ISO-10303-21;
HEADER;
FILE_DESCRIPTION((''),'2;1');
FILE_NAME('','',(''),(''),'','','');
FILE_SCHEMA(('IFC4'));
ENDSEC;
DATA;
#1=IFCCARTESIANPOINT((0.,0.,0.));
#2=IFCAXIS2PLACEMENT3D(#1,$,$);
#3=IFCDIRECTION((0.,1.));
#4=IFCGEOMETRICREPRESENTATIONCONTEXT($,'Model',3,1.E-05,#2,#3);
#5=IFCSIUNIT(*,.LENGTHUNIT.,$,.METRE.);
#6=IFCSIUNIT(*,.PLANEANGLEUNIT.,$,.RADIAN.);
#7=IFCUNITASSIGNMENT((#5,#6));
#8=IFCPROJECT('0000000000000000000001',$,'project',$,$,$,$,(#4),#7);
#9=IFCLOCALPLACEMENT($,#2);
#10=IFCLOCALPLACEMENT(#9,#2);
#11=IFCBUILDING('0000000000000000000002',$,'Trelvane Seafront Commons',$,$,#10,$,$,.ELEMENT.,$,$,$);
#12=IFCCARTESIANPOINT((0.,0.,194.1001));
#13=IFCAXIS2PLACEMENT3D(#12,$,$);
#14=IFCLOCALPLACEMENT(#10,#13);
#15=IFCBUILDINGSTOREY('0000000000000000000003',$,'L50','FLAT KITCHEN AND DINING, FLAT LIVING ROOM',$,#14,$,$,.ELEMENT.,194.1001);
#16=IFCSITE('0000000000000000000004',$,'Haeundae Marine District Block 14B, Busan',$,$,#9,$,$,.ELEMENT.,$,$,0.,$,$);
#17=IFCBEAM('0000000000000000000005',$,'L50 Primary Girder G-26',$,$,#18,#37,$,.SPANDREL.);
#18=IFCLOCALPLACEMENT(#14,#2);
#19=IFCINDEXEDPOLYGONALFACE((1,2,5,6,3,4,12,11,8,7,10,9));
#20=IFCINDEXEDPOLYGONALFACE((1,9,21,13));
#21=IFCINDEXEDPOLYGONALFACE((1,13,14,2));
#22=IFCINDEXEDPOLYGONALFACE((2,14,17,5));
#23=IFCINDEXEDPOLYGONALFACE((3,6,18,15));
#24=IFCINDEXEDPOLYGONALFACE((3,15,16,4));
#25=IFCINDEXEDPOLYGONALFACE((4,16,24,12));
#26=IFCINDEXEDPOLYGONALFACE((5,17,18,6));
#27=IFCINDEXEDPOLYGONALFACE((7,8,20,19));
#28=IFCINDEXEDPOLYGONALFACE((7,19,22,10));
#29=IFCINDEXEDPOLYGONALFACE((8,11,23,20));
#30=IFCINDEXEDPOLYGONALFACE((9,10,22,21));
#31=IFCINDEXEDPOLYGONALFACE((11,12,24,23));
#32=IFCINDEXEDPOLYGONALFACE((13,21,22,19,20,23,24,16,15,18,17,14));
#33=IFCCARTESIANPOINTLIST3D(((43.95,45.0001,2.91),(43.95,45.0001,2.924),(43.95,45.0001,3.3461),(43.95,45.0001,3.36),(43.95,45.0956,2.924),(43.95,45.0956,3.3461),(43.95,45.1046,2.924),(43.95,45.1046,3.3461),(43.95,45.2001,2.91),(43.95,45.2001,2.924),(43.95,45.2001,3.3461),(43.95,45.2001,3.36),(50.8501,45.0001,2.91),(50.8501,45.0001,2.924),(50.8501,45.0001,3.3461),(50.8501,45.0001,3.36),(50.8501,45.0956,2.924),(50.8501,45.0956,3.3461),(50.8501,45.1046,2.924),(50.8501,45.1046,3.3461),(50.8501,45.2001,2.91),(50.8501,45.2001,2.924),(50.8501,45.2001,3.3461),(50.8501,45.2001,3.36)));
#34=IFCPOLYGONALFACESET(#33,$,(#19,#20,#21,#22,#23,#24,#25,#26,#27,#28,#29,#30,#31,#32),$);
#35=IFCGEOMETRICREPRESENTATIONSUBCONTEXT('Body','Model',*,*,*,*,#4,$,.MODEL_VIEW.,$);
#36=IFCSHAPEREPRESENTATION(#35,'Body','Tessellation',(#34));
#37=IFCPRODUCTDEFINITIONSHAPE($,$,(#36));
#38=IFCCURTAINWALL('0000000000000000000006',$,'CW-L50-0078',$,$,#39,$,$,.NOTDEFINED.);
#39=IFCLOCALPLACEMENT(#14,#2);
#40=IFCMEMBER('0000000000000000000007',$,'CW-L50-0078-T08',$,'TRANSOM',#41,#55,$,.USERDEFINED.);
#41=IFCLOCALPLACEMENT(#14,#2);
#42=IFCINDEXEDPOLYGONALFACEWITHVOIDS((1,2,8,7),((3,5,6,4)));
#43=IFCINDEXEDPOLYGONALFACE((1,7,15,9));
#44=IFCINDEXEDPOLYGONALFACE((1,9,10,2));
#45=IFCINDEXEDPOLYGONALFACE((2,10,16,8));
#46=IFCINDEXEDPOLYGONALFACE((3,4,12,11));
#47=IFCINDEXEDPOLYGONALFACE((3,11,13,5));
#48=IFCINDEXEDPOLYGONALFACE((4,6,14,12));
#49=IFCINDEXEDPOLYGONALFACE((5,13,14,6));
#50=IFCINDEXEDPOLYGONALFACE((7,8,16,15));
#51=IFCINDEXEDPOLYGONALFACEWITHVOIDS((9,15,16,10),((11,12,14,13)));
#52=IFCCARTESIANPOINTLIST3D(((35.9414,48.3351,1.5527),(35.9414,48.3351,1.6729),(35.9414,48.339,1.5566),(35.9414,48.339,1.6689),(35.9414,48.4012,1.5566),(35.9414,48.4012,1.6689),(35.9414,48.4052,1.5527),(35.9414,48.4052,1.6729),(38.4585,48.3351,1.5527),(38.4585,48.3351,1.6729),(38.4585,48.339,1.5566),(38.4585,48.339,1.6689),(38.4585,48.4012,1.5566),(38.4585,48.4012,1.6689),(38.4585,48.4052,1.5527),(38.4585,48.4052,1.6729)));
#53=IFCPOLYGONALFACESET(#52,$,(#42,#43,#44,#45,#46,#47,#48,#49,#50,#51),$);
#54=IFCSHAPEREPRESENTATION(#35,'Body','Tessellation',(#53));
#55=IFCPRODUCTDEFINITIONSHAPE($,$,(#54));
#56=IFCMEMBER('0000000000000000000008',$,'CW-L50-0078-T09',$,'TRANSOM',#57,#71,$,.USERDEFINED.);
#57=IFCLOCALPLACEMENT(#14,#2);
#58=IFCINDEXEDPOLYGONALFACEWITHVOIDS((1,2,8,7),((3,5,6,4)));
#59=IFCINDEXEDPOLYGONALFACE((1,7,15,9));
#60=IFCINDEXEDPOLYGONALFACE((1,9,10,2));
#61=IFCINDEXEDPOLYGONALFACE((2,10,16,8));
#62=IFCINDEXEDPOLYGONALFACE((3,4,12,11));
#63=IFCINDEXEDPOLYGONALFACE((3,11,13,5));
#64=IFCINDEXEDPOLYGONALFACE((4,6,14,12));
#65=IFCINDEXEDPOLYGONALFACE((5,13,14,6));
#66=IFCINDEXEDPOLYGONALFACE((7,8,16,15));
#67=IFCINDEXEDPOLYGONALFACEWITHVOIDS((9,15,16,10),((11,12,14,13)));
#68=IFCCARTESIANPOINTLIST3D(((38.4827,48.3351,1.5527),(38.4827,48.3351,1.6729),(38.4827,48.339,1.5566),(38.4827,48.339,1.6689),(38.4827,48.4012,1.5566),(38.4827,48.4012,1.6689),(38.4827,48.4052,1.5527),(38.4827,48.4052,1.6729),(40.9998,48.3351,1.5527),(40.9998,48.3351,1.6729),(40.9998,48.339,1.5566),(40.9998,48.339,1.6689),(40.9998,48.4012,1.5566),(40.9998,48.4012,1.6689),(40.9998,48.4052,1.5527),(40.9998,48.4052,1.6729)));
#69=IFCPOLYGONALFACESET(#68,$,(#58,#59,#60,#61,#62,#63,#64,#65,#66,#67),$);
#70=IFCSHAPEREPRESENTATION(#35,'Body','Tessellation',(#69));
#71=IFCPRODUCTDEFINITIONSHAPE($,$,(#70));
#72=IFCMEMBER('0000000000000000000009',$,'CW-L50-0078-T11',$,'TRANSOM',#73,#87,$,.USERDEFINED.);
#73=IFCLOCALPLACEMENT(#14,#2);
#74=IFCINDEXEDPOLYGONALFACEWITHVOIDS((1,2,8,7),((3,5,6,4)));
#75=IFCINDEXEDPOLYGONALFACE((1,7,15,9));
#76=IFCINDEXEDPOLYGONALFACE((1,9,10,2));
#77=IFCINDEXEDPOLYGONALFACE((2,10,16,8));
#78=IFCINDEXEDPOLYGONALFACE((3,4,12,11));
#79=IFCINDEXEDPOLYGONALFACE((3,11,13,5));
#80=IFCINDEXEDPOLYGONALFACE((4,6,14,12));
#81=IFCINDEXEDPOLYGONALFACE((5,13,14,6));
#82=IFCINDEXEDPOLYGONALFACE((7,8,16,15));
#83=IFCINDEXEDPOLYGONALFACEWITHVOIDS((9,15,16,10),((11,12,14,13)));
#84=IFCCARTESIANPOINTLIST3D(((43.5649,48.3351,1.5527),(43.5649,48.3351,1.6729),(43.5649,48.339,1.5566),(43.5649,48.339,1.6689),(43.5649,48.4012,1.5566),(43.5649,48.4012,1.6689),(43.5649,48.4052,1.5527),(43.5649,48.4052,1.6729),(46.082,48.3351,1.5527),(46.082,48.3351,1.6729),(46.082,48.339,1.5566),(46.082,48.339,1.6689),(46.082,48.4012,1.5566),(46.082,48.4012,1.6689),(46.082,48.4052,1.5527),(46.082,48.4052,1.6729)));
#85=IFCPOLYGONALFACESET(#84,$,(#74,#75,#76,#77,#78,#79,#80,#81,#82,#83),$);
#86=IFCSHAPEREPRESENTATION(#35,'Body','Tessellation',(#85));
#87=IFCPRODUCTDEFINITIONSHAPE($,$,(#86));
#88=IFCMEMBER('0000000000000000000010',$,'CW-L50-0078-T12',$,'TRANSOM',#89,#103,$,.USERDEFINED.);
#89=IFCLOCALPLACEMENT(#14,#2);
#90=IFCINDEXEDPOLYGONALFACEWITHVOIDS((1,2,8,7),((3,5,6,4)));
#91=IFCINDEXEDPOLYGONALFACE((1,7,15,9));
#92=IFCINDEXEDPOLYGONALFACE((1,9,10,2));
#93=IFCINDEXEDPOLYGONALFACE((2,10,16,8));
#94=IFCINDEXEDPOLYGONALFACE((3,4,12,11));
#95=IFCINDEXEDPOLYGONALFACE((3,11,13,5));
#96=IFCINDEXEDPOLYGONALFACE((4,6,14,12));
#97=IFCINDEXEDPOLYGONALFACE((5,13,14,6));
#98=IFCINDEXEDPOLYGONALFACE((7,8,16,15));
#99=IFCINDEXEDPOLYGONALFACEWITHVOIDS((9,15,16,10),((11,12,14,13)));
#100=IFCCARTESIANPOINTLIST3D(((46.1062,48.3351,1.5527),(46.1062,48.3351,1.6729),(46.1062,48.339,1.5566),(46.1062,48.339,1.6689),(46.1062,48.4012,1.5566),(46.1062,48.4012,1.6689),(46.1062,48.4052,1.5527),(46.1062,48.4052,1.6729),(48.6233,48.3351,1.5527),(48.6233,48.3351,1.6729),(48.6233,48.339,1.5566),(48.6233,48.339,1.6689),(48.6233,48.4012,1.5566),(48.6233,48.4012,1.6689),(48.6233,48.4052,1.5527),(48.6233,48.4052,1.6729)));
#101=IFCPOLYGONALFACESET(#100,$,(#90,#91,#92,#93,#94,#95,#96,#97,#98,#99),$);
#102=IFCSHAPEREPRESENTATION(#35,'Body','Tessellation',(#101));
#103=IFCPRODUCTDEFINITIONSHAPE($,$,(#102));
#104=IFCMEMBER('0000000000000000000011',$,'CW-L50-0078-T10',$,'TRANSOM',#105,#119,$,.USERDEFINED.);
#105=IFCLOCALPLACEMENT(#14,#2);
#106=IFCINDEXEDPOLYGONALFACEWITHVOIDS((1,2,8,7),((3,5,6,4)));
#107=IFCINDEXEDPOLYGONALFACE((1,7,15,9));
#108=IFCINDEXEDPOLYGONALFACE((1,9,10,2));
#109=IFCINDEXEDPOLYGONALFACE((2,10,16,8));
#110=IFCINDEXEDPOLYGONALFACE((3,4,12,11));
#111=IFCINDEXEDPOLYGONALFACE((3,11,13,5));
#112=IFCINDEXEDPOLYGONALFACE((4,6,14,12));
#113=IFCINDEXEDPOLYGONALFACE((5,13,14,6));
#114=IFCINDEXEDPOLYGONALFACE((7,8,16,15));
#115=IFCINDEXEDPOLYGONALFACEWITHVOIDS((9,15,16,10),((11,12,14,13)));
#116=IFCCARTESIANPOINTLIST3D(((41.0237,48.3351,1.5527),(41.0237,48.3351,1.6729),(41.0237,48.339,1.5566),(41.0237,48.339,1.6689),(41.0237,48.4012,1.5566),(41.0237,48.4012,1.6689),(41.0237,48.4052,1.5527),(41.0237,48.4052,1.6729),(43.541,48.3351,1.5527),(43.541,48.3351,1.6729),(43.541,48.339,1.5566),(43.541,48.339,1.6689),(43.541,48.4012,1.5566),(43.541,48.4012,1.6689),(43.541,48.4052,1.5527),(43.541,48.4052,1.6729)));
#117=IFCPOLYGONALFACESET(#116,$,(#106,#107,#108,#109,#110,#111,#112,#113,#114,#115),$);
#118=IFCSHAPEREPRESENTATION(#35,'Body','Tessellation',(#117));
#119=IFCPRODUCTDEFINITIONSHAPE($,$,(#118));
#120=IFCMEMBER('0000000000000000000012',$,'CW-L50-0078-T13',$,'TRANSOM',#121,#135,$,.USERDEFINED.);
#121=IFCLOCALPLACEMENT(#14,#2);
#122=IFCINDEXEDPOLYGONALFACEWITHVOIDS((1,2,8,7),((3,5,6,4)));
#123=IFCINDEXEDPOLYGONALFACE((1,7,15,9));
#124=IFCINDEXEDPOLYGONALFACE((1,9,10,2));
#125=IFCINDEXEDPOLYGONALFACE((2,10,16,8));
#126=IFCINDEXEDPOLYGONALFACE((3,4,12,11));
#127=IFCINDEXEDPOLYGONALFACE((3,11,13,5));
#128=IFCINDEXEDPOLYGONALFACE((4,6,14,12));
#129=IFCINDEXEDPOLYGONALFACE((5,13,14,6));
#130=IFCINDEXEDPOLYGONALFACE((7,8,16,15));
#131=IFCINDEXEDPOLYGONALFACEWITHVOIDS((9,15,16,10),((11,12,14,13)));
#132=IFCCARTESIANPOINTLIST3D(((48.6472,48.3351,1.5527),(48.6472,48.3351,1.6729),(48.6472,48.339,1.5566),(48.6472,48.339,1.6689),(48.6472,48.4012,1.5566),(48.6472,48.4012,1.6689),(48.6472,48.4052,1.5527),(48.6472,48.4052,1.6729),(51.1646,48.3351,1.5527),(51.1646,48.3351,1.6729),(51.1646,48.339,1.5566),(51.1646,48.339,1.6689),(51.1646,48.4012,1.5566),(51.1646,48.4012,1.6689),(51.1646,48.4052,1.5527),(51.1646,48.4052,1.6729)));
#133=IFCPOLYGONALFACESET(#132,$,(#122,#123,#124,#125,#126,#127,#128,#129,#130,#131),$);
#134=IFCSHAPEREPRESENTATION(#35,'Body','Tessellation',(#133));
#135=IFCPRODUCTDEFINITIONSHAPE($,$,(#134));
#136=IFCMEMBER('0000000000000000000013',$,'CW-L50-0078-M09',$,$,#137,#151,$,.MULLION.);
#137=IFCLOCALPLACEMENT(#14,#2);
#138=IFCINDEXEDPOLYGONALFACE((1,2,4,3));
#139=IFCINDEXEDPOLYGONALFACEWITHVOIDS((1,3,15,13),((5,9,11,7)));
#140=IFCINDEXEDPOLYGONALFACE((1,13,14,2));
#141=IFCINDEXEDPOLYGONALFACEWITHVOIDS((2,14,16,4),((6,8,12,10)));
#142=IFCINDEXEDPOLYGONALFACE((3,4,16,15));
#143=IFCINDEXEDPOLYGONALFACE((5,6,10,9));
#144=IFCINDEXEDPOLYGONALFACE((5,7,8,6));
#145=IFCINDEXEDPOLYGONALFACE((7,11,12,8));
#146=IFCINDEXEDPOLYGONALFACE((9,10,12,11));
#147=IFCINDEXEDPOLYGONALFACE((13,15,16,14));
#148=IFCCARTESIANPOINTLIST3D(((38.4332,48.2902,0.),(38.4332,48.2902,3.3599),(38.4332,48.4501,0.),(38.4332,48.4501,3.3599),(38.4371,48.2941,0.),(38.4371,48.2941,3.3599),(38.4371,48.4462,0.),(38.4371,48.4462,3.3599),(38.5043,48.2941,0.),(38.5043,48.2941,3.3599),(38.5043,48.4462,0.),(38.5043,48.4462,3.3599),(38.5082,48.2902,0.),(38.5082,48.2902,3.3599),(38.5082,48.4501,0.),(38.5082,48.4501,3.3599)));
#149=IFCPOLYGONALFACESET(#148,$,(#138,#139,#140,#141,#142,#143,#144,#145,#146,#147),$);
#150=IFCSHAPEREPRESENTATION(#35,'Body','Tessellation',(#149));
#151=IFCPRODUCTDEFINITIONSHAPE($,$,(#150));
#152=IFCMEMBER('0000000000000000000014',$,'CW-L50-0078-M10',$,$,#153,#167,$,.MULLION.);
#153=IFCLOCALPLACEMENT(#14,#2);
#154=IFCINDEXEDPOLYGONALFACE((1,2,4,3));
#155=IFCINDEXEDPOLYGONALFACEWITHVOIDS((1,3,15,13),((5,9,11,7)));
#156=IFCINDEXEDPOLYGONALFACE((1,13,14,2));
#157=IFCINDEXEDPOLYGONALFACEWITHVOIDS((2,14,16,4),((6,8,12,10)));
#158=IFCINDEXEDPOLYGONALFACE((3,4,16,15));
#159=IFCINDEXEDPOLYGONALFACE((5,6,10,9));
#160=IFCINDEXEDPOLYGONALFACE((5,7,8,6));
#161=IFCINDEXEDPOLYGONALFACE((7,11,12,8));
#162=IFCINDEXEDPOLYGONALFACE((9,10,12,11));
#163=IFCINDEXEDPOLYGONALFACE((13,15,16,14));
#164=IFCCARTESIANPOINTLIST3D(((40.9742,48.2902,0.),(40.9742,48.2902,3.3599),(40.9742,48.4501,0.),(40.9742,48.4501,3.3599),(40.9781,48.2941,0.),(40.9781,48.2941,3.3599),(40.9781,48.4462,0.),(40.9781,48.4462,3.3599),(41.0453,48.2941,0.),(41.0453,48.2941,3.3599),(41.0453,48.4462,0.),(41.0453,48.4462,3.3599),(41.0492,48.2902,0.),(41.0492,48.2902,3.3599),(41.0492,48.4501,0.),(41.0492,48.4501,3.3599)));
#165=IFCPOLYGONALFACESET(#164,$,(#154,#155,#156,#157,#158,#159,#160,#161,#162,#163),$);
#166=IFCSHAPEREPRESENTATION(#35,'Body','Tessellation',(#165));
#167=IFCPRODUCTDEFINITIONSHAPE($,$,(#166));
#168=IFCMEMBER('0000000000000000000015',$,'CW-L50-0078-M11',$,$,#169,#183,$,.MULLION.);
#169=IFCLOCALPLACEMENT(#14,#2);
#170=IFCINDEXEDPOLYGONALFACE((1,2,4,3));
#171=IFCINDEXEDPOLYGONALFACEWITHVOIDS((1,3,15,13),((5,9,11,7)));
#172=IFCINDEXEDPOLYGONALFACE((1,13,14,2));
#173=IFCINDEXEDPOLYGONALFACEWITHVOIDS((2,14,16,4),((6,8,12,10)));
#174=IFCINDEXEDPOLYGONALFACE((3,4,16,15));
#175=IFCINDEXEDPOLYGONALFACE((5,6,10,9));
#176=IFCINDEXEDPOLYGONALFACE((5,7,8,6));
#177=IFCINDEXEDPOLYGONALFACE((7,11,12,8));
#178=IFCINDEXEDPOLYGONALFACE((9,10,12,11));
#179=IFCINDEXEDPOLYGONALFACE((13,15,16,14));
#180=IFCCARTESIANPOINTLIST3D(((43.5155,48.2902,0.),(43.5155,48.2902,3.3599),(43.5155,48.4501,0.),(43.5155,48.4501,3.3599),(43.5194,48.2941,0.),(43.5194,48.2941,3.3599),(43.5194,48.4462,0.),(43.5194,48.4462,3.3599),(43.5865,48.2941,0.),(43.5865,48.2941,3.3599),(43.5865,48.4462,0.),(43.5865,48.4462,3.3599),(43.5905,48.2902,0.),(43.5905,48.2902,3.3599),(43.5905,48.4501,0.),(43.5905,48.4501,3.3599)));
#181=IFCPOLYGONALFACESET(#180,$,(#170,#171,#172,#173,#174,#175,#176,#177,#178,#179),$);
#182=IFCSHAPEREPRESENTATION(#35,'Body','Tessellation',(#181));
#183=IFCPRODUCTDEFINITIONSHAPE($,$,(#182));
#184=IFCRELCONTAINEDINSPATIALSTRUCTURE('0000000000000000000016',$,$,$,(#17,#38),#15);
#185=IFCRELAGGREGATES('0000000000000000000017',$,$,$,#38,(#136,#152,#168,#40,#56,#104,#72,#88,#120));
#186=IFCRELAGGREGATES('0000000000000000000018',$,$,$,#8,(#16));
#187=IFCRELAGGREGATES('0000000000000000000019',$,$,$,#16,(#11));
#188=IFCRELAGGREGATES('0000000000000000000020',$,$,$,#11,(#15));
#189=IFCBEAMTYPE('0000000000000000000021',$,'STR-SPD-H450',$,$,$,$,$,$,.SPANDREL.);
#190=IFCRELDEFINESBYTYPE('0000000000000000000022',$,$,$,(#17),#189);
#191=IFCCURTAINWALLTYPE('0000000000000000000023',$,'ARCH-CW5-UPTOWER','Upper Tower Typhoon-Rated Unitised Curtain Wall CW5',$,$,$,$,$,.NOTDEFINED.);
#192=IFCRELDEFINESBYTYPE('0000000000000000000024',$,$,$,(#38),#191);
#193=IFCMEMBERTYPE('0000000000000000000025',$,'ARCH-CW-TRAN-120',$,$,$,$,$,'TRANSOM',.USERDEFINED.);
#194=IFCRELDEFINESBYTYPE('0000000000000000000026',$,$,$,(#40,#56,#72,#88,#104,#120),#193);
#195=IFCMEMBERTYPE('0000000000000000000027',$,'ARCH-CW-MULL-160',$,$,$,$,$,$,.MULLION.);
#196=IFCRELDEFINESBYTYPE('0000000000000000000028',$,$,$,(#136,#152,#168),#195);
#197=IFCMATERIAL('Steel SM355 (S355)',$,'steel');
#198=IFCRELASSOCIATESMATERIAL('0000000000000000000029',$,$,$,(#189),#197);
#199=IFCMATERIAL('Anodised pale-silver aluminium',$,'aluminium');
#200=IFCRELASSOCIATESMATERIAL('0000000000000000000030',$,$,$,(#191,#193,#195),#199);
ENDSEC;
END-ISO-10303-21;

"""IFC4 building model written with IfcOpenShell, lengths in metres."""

from ifc_helpers import new_model, si_unit, direction, frame, origin, origin_2d, place, context, subcontext, project, spatial, hollow_rectangle, i_section, extrude, source, transform, mapped, material, material_profile, profile_set, type_object, element, aggregate, save


model = new_model("IFC4")

# Units and contexts
model_context = context("Model", 3, precision=1e-05, world=origin(), true_north=direction((0.0, 1.0)))
body_context = subcontext(model_context, "Body", "Model", "MODEL_VIEW")
ifc_project = project(units=[si_unit("LENGTHUNIT", "METRE"), si_unit("PLANEANGLEUNIT", "RADIAN")], contexts=[model_context])

# Site, building, storey
site_placement = place(None, origin())
site = spatial("IfcSite", under=ifc_project, at=site_placement, Name="Haeundae Marine District Block 14B, Busan", CompositionType="ELEMENT", RefElevation=0.0)
building_placement = place(site_placement, origin())
building = spatial("IfcBuilding", under=site, at=building_placement, Name="Trelvane Seafront Commons", CompositionType="ELEMENT")
storey_placement = place(building_placement, frame((0.0, 0.0, 194.1001)))
storey = spatial("IfcBuildingStorey", under=building, at=storey_placement, Name="L50", Description="FLAT KITCHEN AND DINING, FLAT LIVING ROOM", CompositionType="ELEMENT", Elevation=194.1001)

# Beam
ifc_material_1 = material(Name="Steel SM355 (S355)", Category="steel")
ifc_material_profile_1 = material_profile(ifc_material_1, i_section(OverallWidth=0.2, OverallDepth=0.45, WebThickness=0.009, FlangeThickness=0.0139, at=origin_2d()), Name="H-450x200x9x14")
ifc_profile_set_1 = profile_set([ifc_material_profile_1], Name="Steel SM355 (S355)")
beam_type = type_object("IfcBeamType", Name="STR-SPD-H450", PredefinedType="SPANDREL", material=ifc_profile_set_1)
shared_shape_1 = source(origin(), body_context, "Body", "SweptSolid", [
    extrude(i_section(OverallWidth=0.2, OverallDepth=0.45, WebThickness=0.009, FlangeThickness=0.0139, at=origin_2d()), origin(), (0.0, 0.0, 1.0), 6.9001),
])
beam_placement = place(storey_placement, frame((43.95, 45.1001, 3.135), z_axis=(1.0, 0.0, 0.0), x_axis=(0.0, 1.0, 0.0)))
element("IfcBeam", 1, at=beam_placement, inside=storey, type_object=beam_type, Name="L50 Primary Girder G-26", PredefinedType="SPANDREL", context=body_context, shape_type="MappedRepresentation", body=[
    mapped(shared_shape_1, transform((0.0, 0.0, 0.0), x_axis=(1.0, 0.0, 0.0), y_axis=(0.0, 1.0, 0.0), z_axis=(0.0, 0.0, 1.0), scale=1.0)),
])

# Curtain wall, members
ifc_material_2 = material(Name="Anodised pale-silver aluminium", Category="aluminium")
curtain_wall_type = type_object("IfcCurtainWallType", Name="ARCH-CW5-UPTOWER", Description="Upper Tower Typhoon-Rated Unitised Curtain Wall CW5", PredefinedType="NOTDEFINED", material=ifc_material_2)
curtain_wall_placement = place(storey_placement, origin())
curtain_wall = element("IfcCurtainWall", 2, at=curtain_wall_placement, inside=storey, type_object=curtain_wall_type, Name="CW-L50-0078", PredefinedType="NOTDEFINED")
ifc_material_profile_2 = material_profile(ifc_material_2, hollow_rectangle(XDim=0.0701, YDim=0.1201, WallThickness=0.0039, at=origin_2d()), Name="TRAN-70x120x4")
ifc_profile_set_2 = profile_set([ifc_material_profile_2], Name="Anodised pale-silver aluminium")
member_type_1 = type_object("IfcMemberType", Name="ARCH-CW-TRAN-120", ElementType="TRANSOM", PredefinedType="USERDEFINED", material=ifc_profile_set_2)
shared_shape_2 = source(origin(), body_context, "Body", "SweptSolid", [
    extrude(hollow_rectangle(XDim=0.0701, YDim=0.1201, WallThickness=0.0039, at=origin_2d()), origin(), (0.0, 0.0, 1.0), 2.5171),
])
member_1_placement = place(storey_placement, frame((35.9414, 48.3701, 1.6128), z_axis=(1.0, 0.0, 0.0), x_axis=(0.0, 1.0, 0.0)))
member_1 = element("IfcMember", 3, at=member_1_placement, type_object=member_type_1, Name="CW-L50-0078-T08", ObjectType="TRANSOM", PredefinedType="USERDEFINED", context=body_context, shape_type="MappedRepresentation", body=[
    mapped(shared_shape_2, transform((0.0, 0.0, 0.0), x_axis=(1.0, 0.0, 0.0), y_axis=(0.0, 1.0, 0.0), z_axis=(0.0, 0.0, 1.0), scale=1.0)),
])
member_2_placement = place(storey_placement, frame((38.4827, 48.3701, 1.6128), z_axis=(1.0, 0.0, 0.0), x_axis=(0.0, 1.0, 0.0)))
member_2 = element("IfcMember", 4, at=member_2_placement, type_object=member_type_1, Name="CW-L50-0078-T09", ObjectType="TRANSOM", PredefinedType="USERDEFINED", context=body_context, shape_type="MappedRepresentation", body=[
    mapped(shared_shape_2, transform((0.0, 0.0, 0.0), x_axis=(1.0, 0.0, 0.0), y_axis=(0.0, 1.0, 0.0), z_axis=(0.0, 0.0, 1.0), scale=1.0)),
])
member_3_placement = place(storey_placement, frame((43.5649, 48.3701, 1.6128), z_axis=(1.0, 0.0, 0.0), x_axis=(0.0, 1.0, 0.0)))
member_3 = element("IfcMember", 5, at=member_3_placement, type_object=member_type_1, Name="CW-L50-0078-T11", ObjectType="TRANSOM", PredefinedType="USERDEFINED", context=body_context, shape_type="MappedRepresentation", body=[
    mapped(shared_shape_2, transform((0.0, 0.0, 0.0), x_axis=(1.0, 0.0, 0.0), y_axis=(0.0, 1.0, 0.0), z_axis=(0.0, 0.0, 1.0), scale=1.0)),
])
member_4_placement = place(storey_placement, frame((46.1062, 48.3701, 1.6128), z_axis=(1.0, 0.0, 0.0), x_axis=(0.0, 1.0, 0.0)))
member_4 = element("IfcMember", 6, at=member_4_placement, type_object=member_type_1, Name="CW-L50-0078-T12", ObjectType="TRANSOM", PredefinedType="USERDEFINED", context=body_context, shape_type="MappedRepresentation", body=[
    mapped(shared_shape_2, transform((0.0, 0.0, 0.0), x_axis=(1.0, 0.0, 0.0), y_axis=(0.0, 1.0, 0.0), z_axis=(0.0, 0.0, 1.0), scale=1.0)),
])
shared_shape_3 = source(origin(), body_context, "Body", "SweptSolid", [
    extrude(hollow_rectangle(XDim=0.0701, YDim=0.1201, WallThickness=0.0039, at=origin_2d()), origin(), (0.0, 0.0, 1.0), 2.5173),
])
member_5_placement = place(storey_placement, frame((41.0237, 48.3701, 1.6128), z_axis=(1.0, 0.0, 0.0), x_axis=(0.0, 1.0, 0.0)))
member_5 = element("IfcMember", 7, at=member_5_placement, type_object=member_type_1, Name="CW-L50-0078-T10", ObjectType="TRANSOM", PredefinedType="USERDEFINED", context=body_context, shape_type="MappedRepresentation", body=[
    mapped(shared_shape_3, transform((0.0, 0.0, 0.0), x_axis=(1.0, 0.0, 0.0), y_axis=(0.0, 1.0, 0.0), z_axis=(0.0, 0.0, 1.0), scale=1.0)),
])
member_6_placement = place(storey_placement, frame((48.6472, 48.3701, 1.6128), z_axis=(1.0, 0.0, 0.0), x_axis=(0.0, 1.0, 0.0)))
member_6 = element("IfcMember", 8, at=member_6_placement, type_object=member_type_1, Name="CW-L50-0078-T13", ObjectType="TRANSOM", PredefinedType="USERDEFINED", context=body_context, shape_type="MappedRepresentation", body=[
    mapped(shared_shape_3, transform((0.0, 0.0, 0.0), x_axis=(1.0, 0.0, 0.0), y_axis=(0.0, 1.0, 0.0), z_axis=(0.0, 0.0, 1.0), scale=1.0)),
])
ifc_material_profile_3 = material_profile(ifc_material_2, hollow_rectangle(XDim=0.075, YDim=0.1599, WallThickness=0.0039, at=origin_2d()), Name="MULL-75x160x4")
ifc_profile_set_3 = profile_set([ifc_material_profile_3], Name="Anodised pale-silver aluminium")
member_type_2 = type_object("IfcMemberType", Name="ARCH-CW-MULL-160", PredefinedType="MULLION", material=ifc_profile_set_3)
shared_shape_4 = source(origin(), body_context, "Body", "SweptSolid", [
    extrude(hollow_rectangle(XDim=0.075, YDim=0.1599, WallThickness=0.0039, at=origin_2d()), origin(), (0.0, 0.0, 1.0), 3.3599),
])
member_7_placement = place(storey_placement, frame((38.4707, 48.3701, 0.0), z_axis=(0.0, 0.0, 1.0), x_axis=(1.0, 0.0, 0.0)))
member_7 = element("IfcMember", 9, at=member_7_placement, type_object=member_type_2, Name="CW-L50-0078-M09", PredefinedType="MULLION", context=body_context, shape_type="MappedRepresentation", body=[
    mapped(shared_shape_4, transform((0.0, 0.0, 0.0), x_axis=(1.0, 0.0, 0.0), y_axis=(0.0, 1.0, 0.0), z_axis=(0.0, 0.0, 1.0), scale=1.0)),
])
member_8_placement = place(storey_placement, frame((41.0117, 48.3701, 0.0), z_axis=(0.0, 0.0, 1.0), x_axis=(1.0, 0.0, 0.0)))
member_8 = element("IfcMember", 10, at=member_8_placement, type_object=member_type_2, Name="CW-L50-0078-M10", PredefinedType="MULLION", context=body_context, shape_type="MappedRepresentation", body=[
    mapped(shared_shape_4, transform((0.0, 0.0, 0.0), x_axis=(1.0, 0.0, 0.0), y_axis=(0.0, 1.0, 0.0), z_axis=(0.0, 0.0, 1.0), scale=1.0)),
])
member_9_placement = place(storey_placement, frame((43.553, 48.3701, 0.0), z_axis=(0.0, 0.0, 1.0), x_axis=(1.0, 0.0, 0.0)))
member_9 = element("IfcMember", 11, at=member_9_placement, type_object=member_type_2, Name="CW-L50-0078-M11", PredefinedType="MULLION", context=body_context, shape_type="MappedRepresentation", body=[
    mapped(shared_shape_4, transform((0.0, 0.0, 0.0), x_axis=(1.0, 0.0, 0.0), y_axis=(0.0, 1.0, 0.0), z_axis=(0.0, 0.0, 1.0), scale=1.0)),
])

aggregate(curtain_wall, [member_7, member_8, member_9, member_1, member_2, member_5, member_3, member_4, member_6])

save(model, "model.ifc")
